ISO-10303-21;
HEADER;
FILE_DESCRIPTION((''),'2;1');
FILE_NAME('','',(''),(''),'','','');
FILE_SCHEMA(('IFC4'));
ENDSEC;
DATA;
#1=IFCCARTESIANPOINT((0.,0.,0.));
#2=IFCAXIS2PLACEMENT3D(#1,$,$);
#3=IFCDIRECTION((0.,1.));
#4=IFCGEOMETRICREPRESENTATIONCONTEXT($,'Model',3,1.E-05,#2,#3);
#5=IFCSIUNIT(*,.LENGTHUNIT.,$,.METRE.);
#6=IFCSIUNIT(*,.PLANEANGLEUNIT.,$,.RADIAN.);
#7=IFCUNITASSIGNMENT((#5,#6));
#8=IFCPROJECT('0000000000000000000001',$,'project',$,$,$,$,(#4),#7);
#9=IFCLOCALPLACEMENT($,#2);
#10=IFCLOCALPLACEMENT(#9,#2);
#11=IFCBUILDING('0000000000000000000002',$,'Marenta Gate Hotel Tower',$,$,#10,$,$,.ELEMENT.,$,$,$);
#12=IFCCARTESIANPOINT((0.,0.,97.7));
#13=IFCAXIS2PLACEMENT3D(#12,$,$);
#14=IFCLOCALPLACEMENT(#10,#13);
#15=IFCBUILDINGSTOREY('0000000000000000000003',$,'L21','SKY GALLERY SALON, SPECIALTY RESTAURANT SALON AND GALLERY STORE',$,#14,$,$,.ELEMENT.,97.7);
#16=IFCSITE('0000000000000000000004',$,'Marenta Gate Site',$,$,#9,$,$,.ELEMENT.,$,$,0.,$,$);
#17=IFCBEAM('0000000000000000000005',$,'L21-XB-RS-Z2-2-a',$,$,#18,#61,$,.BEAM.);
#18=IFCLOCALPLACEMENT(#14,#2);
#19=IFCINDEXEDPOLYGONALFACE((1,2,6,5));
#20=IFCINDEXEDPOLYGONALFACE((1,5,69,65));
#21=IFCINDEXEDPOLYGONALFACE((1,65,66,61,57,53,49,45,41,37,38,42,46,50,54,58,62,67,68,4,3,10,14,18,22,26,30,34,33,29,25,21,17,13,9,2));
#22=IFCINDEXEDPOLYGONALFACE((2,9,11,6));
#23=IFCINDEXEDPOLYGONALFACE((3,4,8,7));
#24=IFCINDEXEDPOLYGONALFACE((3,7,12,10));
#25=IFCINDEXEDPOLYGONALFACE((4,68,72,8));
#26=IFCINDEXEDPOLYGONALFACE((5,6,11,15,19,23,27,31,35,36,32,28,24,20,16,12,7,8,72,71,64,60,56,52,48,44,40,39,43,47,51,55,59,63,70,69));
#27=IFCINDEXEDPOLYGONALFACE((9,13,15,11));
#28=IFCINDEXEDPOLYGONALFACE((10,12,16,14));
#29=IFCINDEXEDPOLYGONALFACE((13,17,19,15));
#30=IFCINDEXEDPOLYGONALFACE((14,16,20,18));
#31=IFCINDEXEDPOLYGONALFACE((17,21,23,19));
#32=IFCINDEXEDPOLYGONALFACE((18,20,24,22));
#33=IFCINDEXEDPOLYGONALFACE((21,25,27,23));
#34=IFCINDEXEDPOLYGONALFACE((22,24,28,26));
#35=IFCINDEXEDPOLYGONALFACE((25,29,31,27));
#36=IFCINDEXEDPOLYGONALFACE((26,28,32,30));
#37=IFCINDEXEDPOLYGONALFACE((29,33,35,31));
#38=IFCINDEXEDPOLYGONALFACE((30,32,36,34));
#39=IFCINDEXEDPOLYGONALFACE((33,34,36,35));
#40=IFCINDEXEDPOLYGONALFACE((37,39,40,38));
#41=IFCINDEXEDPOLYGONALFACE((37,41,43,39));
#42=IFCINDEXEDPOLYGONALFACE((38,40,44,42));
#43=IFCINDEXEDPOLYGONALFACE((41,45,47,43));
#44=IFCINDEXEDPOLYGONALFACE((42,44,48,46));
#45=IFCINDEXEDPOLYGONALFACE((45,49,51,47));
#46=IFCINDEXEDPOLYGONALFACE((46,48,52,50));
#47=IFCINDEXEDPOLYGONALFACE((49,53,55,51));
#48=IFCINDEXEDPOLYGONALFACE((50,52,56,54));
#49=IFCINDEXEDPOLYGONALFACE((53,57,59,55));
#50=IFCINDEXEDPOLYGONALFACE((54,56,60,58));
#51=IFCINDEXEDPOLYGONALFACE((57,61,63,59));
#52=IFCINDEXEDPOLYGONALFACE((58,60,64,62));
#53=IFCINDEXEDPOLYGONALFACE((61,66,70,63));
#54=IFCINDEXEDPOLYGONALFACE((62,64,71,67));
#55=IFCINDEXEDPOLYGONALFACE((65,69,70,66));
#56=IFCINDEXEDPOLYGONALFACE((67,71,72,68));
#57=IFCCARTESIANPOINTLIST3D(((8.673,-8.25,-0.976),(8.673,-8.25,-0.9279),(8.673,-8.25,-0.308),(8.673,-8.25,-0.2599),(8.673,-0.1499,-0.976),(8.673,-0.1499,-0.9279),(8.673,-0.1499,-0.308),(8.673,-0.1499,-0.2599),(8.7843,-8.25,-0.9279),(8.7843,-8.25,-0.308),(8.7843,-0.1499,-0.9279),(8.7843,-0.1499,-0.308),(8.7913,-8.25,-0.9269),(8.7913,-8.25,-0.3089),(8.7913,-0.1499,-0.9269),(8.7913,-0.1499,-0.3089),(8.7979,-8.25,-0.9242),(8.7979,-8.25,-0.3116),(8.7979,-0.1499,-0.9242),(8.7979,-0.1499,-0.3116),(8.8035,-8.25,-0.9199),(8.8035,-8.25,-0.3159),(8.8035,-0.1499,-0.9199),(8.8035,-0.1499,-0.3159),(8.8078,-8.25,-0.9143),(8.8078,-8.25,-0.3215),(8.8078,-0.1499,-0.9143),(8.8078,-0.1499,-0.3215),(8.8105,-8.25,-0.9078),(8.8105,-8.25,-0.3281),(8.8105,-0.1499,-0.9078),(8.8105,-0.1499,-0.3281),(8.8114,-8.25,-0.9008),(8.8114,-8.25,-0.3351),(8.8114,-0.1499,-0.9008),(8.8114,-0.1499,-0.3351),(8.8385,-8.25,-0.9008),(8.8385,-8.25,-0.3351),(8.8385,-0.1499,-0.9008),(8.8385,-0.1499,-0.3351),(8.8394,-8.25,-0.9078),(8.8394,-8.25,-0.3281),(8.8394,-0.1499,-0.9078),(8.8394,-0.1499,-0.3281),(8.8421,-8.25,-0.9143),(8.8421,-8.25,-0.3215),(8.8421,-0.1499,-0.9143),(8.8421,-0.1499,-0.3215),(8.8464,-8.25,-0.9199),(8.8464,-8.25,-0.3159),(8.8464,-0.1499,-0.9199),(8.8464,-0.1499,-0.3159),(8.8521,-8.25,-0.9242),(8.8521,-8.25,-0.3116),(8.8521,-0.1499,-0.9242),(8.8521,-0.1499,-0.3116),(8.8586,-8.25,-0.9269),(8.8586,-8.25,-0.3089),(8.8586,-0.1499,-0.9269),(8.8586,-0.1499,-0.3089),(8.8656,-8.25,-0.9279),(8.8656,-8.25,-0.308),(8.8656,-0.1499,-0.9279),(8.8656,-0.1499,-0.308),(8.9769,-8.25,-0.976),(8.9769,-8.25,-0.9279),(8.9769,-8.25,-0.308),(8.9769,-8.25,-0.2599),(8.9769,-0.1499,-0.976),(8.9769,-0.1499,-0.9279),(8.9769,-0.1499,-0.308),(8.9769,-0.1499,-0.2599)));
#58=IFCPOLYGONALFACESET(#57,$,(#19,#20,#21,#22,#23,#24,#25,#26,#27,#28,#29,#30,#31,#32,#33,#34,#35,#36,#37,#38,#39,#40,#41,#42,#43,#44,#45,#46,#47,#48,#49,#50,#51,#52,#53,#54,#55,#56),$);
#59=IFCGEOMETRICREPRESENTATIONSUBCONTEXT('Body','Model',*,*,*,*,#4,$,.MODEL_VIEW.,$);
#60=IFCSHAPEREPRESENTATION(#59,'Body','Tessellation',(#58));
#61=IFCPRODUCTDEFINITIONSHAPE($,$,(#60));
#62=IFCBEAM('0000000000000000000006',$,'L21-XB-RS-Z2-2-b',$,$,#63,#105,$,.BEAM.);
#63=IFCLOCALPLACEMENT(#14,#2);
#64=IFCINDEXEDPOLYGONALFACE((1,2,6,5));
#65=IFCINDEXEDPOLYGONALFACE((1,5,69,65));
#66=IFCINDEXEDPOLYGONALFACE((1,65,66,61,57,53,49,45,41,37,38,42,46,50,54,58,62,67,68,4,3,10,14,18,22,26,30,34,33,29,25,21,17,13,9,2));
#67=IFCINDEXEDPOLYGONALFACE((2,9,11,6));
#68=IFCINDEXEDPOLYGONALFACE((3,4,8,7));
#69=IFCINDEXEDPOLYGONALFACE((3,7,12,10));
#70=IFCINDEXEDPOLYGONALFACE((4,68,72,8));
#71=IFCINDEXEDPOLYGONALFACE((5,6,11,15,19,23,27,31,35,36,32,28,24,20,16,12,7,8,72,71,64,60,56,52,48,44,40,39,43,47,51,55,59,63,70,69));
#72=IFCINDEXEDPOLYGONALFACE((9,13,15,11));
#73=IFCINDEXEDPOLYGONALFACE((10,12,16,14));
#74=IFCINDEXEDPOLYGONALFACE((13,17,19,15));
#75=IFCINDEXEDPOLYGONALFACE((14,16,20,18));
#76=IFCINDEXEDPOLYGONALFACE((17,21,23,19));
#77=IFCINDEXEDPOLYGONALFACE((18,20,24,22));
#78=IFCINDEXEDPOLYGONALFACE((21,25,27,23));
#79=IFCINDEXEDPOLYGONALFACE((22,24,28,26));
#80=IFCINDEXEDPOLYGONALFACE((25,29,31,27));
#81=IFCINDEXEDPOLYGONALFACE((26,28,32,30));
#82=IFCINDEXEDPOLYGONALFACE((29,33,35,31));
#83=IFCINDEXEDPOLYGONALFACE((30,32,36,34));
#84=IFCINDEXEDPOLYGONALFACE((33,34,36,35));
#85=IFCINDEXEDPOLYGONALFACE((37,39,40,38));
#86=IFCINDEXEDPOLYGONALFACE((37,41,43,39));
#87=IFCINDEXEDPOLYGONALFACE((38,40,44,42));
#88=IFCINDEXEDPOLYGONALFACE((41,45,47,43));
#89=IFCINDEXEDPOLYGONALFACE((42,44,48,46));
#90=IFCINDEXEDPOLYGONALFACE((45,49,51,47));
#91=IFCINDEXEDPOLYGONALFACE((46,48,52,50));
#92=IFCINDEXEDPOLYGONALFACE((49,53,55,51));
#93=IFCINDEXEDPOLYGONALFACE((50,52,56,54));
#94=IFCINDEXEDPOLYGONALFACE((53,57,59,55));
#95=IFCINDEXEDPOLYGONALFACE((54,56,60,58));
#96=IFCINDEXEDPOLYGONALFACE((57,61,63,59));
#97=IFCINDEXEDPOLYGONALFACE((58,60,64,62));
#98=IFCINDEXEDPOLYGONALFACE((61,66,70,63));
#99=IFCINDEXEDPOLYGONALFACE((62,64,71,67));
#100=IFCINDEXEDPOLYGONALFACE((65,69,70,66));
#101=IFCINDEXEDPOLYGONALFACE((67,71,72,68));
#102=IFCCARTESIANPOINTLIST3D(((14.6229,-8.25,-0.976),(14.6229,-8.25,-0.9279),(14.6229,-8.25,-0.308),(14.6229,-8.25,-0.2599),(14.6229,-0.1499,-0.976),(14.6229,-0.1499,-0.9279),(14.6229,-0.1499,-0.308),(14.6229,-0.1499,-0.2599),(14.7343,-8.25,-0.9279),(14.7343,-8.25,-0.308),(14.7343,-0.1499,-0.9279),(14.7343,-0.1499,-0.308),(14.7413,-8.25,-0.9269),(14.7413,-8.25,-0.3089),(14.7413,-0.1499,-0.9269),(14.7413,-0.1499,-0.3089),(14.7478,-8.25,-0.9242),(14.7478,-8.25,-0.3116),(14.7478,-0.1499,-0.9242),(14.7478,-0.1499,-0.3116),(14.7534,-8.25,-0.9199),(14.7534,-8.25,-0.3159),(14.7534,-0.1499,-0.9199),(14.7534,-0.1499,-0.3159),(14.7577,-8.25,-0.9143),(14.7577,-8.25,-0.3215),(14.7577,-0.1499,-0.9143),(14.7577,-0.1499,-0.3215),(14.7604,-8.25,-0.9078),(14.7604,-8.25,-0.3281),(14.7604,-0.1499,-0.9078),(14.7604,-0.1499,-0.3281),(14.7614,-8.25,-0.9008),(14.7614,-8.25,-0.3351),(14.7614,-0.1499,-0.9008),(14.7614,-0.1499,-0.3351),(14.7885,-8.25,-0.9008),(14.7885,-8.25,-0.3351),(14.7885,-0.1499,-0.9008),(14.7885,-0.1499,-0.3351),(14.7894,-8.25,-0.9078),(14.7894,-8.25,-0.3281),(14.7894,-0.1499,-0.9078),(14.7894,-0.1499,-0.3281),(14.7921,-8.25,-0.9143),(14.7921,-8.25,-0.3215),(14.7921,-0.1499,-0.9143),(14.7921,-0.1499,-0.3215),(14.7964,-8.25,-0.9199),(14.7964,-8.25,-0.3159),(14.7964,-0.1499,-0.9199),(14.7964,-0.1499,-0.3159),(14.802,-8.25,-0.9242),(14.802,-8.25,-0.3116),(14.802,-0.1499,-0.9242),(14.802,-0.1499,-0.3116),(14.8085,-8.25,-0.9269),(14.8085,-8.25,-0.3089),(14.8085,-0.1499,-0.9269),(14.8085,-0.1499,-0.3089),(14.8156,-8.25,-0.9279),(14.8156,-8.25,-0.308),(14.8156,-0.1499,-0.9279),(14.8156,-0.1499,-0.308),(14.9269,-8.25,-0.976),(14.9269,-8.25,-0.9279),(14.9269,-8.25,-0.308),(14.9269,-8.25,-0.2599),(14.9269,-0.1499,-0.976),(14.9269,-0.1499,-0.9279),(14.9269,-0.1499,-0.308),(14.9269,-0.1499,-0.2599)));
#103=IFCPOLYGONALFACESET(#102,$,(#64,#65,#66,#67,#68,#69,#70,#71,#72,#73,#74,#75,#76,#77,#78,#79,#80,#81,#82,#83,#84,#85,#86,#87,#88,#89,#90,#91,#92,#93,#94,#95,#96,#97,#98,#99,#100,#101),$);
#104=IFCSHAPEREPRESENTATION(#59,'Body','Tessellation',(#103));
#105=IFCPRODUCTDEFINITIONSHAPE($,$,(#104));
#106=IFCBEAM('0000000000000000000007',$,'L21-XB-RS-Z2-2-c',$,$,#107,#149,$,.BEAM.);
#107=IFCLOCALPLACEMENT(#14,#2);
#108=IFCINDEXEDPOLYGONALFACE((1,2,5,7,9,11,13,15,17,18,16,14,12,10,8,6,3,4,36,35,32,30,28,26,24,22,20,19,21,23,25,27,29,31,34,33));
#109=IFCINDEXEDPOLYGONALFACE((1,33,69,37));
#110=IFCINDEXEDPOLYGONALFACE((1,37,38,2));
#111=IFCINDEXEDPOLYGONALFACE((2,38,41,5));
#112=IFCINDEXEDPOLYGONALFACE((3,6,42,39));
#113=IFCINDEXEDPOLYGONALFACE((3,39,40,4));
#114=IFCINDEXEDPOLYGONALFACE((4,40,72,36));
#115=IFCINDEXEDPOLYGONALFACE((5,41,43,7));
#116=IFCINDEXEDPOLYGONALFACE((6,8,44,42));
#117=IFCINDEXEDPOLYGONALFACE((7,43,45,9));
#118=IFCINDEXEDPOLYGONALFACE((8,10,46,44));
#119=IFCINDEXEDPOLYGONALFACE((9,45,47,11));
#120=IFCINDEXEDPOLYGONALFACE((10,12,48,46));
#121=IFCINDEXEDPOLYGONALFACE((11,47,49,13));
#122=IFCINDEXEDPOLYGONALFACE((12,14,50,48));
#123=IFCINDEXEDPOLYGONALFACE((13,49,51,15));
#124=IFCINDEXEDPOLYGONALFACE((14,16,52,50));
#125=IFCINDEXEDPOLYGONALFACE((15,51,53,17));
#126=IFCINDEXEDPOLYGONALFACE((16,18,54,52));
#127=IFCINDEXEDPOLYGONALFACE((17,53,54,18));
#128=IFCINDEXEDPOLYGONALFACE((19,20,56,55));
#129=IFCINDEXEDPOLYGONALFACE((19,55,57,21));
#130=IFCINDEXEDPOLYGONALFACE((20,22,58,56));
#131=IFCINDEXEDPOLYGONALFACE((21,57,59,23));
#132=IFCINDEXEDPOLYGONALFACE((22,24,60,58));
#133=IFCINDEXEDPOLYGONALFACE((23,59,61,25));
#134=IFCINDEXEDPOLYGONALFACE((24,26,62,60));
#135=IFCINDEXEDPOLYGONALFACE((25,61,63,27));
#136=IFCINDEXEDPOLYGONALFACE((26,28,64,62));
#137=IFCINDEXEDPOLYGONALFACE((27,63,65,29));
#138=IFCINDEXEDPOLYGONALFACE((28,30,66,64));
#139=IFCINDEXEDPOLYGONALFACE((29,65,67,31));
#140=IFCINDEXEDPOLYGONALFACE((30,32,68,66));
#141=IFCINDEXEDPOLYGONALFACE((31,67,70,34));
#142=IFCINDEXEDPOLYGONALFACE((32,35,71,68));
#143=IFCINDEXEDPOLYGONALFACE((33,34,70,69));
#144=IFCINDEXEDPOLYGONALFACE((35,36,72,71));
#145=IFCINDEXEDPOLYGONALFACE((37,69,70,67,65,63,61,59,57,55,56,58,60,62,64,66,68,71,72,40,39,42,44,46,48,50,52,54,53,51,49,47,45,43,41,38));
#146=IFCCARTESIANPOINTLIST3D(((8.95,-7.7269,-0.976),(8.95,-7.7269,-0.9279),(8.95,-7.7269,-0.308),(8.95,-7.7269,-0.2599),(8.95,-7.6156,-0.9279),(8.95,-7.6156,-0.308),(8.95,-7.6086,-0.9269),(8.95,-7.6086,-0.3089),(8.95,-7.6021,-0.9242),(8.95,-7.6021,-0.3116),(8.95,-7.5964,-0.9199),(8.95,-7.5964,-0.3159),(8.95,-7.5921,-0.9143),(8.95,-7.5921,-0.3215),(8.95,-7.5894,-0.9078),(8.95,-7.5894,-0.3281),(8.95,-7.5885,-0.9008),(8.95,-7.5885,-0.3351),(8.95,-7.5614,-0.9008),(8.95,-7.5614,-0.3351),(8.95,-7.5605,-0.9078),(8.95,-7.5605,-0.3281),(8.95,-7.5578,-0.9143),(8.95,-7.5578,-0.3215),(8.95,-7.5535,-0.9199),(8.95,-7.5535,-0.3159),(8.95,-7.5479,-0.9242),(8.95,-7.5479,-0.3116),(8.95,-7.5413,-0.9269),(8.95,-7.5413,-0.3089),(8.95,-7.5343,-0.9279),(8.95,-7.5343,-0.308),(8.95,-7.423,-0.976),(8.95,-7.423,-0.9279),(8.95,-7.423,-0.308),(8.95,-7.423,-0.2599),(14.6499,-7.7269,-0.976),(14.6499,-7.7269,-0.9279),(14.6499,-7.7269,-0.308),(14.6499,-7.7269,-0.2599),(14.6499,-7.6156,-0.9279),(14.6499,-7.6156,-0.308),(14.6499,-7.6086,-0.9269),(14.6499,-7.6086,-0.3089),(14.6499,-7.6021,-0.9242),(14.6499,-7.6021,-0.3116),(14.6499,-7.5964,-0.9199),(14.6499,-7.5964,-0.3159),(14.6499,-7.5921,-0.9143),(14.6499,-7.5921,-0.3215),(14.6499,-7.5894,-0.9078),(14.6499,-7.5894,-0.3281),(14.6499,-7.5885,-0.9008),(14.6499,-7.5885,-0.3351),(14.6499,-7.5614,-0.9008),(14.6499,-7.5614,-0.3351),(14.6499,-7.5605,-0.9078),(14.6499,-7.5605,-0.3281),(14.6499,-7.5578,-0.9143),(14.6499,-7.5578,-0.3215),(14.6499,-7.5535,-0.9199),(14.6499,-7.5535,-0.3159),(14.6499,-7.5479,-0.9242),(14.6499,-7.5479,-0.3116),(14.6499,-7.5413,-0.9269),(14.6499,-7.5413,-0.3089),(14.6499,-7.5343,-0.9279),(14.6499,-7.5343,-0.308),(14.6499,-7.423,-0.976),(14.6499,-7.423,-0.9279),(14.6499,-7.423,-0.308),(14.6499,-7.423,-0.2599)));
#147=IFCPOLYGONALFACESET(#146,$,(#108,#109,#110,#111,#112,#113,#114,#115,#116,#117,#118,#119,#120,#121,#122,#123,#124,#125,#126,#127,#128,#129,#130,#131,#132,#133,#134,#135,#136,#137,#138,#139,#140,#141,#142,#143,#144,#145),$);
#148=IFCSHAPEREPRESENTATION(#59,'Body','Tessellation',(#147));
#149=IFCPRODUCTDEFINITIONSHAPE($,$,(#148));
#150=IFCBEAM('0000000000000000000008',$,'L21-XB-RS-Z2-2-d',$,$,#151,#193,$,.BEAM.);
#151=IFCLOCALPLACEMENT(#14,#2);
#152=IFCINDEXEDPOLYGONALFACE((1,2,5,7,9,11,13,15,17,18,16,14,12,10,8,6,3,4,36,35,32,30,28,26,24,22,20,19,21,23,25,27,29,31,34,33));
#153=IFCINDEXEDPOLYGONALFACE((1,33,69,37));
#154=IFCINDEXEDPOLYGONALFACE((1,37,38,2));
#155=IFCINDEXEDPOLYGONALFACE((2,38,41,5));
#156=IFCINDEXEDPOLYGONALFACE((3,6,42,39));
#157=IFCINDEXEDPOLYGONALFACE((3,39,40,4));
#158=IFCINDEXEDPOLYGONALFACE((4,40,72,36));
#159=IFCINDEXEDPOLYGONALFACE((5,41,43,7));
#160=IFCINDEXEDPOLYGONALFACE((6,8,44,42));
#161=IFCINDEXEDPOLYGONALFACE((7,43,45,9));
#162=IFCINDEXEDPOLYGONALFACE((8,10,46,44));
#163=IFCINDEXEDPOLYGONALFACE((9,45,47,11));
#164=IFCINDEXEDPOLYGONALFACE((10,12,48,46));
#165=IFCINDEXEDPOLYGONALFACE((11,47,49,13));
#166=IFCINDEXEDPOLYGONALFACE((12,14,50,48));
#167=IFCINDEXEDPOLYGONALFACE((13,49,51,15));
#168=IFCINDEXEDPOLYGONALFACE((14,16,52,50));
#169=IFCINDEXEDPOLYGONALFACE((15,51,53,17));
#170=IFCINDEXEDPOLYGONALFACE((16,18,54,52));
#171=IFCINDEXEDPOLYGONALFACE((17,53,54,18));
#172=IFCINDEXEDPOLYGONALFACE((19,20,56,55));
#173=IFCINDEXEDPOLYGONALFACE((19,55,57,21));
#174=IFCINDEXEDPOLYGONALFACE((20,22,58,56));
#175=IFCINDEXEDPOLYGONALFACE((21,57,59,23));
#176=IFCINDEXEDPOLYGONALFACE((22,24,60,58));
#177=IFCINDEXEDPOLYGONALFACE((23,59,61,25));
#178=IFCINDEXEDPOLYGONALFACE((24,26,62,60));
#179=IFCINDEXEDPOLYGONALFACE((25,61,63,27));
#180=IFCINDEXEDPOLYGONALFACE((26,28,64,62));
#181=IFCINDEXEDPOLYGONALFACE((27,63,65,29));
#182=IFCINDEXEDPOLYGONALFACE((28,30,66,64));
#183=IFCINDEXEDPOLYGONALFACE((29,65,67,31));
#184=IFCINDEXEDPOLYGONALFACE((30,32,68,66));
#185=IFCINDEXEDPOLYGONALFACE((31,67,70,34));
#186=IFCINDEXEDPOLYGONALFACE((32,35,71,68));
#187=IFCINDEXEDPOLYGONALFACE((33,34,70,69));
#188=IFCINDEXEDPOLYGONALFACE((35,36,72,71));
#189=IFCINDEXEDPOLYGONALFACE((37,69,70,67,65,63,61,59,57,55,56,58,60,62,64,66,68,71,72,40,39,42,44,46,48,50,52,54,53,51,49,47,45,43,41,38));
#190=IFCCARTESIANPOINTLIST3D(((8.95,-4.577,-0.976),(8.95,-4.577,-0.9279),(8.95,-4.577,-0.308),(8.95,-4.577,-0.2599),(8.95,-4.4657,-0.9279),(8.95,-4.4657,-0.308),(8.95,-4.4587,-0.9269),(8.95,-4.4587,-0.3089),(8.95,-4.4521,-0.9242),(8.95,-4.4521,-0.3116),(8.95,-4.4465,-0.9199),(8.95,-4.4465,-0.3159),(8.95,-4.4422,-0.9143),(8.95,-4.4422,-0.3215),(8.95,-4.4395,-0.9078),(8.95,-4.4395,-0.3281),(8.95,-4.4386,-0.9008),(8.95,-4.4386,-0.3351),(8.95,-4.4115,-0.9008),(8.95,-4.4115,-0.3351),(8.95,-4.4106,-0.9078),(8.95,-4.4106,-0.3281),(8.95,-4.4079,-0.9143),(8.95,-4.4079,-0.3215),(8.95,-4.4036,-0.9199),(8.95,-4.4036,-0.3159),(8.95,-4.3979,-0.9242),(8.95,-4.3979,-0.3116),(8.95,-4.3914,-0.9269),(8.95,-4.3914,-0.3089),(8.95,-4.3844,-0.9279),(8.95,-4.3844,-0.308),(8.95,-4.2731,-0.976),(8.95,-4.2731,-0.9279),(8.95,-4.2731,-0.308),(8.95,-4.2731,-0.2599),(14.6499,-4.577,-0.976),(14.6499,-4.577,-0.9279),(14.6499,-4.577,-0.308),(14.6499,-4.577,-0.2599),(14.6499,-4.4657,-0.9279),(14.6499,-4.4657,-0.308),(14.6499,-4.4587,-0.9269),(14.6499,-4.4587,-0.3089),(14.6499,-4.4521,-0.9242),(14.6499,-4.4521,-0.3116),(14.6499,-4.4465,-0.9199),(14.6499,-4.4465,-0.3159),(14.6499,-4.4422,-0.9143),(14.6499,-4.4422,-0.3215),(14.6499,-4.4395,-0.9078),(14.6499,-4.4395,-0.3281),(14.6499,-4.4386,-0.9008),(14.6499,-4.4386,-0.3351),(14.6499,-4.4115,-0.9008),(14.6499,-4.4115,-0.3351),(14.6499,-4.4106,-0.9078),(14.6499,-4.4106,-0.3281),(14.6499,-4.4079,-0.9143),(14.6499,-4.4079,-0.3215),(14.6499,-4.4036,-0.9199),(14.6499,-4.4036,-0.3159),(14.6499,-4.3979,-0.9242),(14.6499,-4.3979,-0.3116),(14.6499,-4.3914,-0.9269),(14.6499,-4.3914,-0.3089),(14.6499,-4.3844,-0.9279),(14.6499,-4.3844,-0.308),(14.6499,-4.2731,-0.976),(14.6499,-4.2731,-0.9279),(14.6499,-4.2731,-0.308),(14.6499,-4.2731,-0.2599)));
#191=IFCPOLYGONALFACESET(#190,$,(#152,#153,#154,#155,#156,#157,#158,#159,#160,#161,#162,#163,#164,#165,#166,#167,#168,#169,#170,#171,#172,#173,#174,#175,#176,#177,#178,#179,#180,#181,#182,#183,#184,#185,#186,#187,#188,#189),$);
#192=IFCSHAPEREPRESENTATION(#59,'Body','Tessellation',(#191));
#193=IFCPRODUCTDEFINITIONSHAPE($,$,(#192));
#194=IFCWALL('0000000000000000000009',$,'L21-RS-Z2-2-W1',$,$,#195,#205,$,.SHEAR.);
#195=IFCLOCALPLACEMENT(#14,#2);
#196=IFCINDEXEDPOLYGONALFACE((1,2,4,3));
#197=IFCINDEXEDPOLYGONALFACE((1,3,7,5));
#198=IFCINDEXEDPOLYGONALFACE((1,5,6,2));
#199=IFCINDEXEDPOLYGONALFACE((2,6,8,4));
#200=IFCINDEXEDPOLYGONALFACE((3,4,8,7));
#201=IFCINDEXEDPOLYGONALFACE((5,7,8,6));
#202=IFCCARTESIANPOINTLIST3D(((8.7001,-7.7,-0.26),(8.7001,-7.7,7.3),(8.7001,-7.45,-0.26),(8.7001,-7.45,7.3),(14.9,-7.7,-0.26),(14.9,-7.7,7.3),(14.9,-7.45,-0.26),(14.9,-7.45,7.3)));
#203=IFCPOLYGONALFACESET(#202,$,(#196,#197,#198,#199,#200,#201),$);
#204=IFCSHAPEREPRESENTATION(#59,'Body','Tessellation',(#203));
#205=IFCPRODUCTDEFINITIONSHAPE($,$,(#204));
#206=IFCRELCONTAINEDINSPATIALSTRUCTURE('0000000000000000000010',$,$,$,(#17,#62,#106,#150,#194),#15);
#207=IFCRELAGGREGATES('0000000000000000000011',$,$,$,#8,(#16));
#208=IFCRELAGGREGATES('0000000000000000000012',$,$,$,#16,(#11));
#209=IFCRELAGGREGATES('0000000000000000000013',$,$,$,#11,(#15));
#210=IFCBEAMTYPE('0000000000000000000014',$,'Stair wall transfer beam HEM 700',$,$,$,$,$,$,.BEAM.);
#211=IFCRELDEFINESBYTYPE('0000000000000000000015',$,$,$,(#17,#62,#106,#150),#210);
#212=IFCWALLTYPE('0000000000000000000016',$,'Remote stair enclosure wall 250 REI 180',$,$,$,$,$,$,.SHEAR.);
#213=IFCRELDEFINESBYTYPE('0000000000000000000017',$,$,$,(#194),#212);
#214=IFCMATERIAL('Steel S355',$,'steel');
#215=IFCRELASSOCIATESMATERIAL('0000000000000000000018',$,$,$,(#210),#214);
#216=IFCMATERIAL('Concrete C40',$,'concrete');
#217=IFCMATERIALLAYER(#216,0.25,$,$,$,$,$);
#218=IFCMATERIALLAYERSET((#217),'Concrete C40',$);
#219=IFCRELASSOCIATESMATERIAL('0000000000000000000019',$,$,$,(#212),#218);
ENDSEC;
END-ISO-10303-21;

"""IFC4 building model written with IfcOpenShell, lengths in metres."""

from ifc_helpers import new_model, si_unit, direction, frame, frame_2d, origin, origin_2d, place, context, subcontext, project, spatial, rectangle, i_section, extrude, material, layer, layer_set, material_profile, profile_set, type_object, element, save


model = new_model("IFC4")

# Units and contexts
model_context = context("Model", 3, precision=1e-05, world=origin(), true_north=direction((0.0, 1.0)))
body_context = subcontext(model_context, "Body", "Model", "MODEL_VIEW")
ifc_project = project(units=[si_unit("LENGTHUNIT", "METRE"), si_unit("PLANEANGLEUNIT", "RADIAN")], contexts=[model_context])

# Site, building, storey
site_placement = place(None, origin())
site = spatial("IfcSite", under=ifc_project, at=site_placement, Name="Marenta Gate Site", CompositionType="ELEMENT", RefElevation=0.0)
building_placement = place(site_placement, origin())
building = spatial("IfcBuilding", under=site, at=building_placement, Name="Marenta Gate Hotel Tower", CompositionType="ELEMENT")
storey_placement = place(building_placement, frame((0.0, 0.0, 97.7)))
storey = spatial("IfcBuildingStorey", under=building, at=storey_placement, Name="L21", Description="SKY GALLERY SALON, SPECIALTY RESTAURANT SALON AND GALLERY STORE", CompositionType="ELEMENT", Elevation=97.7)

# Beams
ifc_material_1 = material(Name="Steel S355", Category="steel")
ifc_material_profile_1 = material_profile(ifc_material_1, i_section(OverallWidth=0.304, OverallDepth=0.7161, WebThickness=0.0271, FlangeThickness=0.0481, FilletRadius=0.0271, at=origin_2d()), Name="HEM 700")
ifc_profile_set_1 = profile_set([ifc_material_profile_1], Name="Steel S355")
beam_type_1 = type_object("IfcBeamType", Name="Stair wall transfer beam HEM 700", PredefinedType="BEAM", material=ifc_profile_set_1)
for number, where, z_axis, x_axis, name in (
    (1, (8.825, -8.25, -0.6179), (0.0, 1.0, 0.0), (-1.0, 0.0, 0.0), "L21-XB-RS-Z2-2-a"),
    (2, (14.7749, -8.25, -0.6179), (0.0, 1.0, 0.0), (-1.0, 0.0, 0.0), "L21-XB-RS-Z2-2-b"),
):
    element("IfcBeam", number, at=place(storey_placement, frame(where, z_axis=z_axis, x_axis=x_axis)), inside=storey, type_object=beam_type_1, Name=name, PredefinedType="BEAM", context=body_context, shape_type="SweptSolid", body=[
        extrude(i_section(OverallWidth=0.304, OverallDepth=0.7161, WebThickness=0.0271, FlangeThickness=0.0481, FilletRadius=0.0271, at=origin_2d()), origin(), (0.0, 0.0, 1.0), 8.1001),
    ])
for number, where, z_axis, x_axis, name in (
    (3, (8.95, -7.575, -0.6179), (1.0, 0.0, 0.0), (0.0, 1.0, 0.0), "L21-XB-RS-Z2-2-c"),
    (4, (8.95, -4.425, -0.6179), (1.0, 0.0, 0.0), (0.0, 1.0, 0.0), "L21-XB-RS-Z2-2-d"),
):
    element("IfcBeam", number, at=place(storey_placement, frame(where, z_axis=z_axis, x_axis=x_axis)), inside=storey, type_object=beam_type_1, Name=name, PredefinedType="BEAM", context=body_context, shape_type="SweptSolid", body=[
        extrude(i_section(OverallWidth=0.304, OverallDepth=0.7161, WebThickness=0.0271, FlangeThickness=0.0481, FilletRadius=0.0271, at=origin_2d()), origin(), (0.0, 0.0, 1.0), 5.7),
    ])

# Wall
ifc_material_2 = material(Name="Concrete C40", Category="concrete")
ifc_layer_1 = layer(ifc_material_2, 0.25)
ifc_layer_set_1 = layer_set([ifc_layer_1], Name="Concrete C40")
wall_type_1 = type_object("IfcWallType", Name="Remote stair enclosure wall 250 REI 180", PredefinedType="SHEAR", material=ifc_layer_set_1)
for number, where, z_axis, x_axis, name in (
    (5, (8.7, -7.575, -0.26), (0.0, 0.0, 1.0), (1.0, 0.0, 0.0), "L21-RS-Z2-2-W1"),
):
    element("IfcWall", number, at=place(storey_placement, frame(where, z_axis=z_axis, x_axis=x_axis)), inside=storey, type_object=wall_type_1, Name=name, PredefinedType="SHEAR", context=body_context, shape_type="SweptSolid", body=[
        extrude(rectangle(XDim=6.2, YDim=0.25, at=frame_2d((3.1001, 0.0))), origin(), (0.0, 0.0, 1.0), 7.5601),
    ])

save(model, "model.ifc")
